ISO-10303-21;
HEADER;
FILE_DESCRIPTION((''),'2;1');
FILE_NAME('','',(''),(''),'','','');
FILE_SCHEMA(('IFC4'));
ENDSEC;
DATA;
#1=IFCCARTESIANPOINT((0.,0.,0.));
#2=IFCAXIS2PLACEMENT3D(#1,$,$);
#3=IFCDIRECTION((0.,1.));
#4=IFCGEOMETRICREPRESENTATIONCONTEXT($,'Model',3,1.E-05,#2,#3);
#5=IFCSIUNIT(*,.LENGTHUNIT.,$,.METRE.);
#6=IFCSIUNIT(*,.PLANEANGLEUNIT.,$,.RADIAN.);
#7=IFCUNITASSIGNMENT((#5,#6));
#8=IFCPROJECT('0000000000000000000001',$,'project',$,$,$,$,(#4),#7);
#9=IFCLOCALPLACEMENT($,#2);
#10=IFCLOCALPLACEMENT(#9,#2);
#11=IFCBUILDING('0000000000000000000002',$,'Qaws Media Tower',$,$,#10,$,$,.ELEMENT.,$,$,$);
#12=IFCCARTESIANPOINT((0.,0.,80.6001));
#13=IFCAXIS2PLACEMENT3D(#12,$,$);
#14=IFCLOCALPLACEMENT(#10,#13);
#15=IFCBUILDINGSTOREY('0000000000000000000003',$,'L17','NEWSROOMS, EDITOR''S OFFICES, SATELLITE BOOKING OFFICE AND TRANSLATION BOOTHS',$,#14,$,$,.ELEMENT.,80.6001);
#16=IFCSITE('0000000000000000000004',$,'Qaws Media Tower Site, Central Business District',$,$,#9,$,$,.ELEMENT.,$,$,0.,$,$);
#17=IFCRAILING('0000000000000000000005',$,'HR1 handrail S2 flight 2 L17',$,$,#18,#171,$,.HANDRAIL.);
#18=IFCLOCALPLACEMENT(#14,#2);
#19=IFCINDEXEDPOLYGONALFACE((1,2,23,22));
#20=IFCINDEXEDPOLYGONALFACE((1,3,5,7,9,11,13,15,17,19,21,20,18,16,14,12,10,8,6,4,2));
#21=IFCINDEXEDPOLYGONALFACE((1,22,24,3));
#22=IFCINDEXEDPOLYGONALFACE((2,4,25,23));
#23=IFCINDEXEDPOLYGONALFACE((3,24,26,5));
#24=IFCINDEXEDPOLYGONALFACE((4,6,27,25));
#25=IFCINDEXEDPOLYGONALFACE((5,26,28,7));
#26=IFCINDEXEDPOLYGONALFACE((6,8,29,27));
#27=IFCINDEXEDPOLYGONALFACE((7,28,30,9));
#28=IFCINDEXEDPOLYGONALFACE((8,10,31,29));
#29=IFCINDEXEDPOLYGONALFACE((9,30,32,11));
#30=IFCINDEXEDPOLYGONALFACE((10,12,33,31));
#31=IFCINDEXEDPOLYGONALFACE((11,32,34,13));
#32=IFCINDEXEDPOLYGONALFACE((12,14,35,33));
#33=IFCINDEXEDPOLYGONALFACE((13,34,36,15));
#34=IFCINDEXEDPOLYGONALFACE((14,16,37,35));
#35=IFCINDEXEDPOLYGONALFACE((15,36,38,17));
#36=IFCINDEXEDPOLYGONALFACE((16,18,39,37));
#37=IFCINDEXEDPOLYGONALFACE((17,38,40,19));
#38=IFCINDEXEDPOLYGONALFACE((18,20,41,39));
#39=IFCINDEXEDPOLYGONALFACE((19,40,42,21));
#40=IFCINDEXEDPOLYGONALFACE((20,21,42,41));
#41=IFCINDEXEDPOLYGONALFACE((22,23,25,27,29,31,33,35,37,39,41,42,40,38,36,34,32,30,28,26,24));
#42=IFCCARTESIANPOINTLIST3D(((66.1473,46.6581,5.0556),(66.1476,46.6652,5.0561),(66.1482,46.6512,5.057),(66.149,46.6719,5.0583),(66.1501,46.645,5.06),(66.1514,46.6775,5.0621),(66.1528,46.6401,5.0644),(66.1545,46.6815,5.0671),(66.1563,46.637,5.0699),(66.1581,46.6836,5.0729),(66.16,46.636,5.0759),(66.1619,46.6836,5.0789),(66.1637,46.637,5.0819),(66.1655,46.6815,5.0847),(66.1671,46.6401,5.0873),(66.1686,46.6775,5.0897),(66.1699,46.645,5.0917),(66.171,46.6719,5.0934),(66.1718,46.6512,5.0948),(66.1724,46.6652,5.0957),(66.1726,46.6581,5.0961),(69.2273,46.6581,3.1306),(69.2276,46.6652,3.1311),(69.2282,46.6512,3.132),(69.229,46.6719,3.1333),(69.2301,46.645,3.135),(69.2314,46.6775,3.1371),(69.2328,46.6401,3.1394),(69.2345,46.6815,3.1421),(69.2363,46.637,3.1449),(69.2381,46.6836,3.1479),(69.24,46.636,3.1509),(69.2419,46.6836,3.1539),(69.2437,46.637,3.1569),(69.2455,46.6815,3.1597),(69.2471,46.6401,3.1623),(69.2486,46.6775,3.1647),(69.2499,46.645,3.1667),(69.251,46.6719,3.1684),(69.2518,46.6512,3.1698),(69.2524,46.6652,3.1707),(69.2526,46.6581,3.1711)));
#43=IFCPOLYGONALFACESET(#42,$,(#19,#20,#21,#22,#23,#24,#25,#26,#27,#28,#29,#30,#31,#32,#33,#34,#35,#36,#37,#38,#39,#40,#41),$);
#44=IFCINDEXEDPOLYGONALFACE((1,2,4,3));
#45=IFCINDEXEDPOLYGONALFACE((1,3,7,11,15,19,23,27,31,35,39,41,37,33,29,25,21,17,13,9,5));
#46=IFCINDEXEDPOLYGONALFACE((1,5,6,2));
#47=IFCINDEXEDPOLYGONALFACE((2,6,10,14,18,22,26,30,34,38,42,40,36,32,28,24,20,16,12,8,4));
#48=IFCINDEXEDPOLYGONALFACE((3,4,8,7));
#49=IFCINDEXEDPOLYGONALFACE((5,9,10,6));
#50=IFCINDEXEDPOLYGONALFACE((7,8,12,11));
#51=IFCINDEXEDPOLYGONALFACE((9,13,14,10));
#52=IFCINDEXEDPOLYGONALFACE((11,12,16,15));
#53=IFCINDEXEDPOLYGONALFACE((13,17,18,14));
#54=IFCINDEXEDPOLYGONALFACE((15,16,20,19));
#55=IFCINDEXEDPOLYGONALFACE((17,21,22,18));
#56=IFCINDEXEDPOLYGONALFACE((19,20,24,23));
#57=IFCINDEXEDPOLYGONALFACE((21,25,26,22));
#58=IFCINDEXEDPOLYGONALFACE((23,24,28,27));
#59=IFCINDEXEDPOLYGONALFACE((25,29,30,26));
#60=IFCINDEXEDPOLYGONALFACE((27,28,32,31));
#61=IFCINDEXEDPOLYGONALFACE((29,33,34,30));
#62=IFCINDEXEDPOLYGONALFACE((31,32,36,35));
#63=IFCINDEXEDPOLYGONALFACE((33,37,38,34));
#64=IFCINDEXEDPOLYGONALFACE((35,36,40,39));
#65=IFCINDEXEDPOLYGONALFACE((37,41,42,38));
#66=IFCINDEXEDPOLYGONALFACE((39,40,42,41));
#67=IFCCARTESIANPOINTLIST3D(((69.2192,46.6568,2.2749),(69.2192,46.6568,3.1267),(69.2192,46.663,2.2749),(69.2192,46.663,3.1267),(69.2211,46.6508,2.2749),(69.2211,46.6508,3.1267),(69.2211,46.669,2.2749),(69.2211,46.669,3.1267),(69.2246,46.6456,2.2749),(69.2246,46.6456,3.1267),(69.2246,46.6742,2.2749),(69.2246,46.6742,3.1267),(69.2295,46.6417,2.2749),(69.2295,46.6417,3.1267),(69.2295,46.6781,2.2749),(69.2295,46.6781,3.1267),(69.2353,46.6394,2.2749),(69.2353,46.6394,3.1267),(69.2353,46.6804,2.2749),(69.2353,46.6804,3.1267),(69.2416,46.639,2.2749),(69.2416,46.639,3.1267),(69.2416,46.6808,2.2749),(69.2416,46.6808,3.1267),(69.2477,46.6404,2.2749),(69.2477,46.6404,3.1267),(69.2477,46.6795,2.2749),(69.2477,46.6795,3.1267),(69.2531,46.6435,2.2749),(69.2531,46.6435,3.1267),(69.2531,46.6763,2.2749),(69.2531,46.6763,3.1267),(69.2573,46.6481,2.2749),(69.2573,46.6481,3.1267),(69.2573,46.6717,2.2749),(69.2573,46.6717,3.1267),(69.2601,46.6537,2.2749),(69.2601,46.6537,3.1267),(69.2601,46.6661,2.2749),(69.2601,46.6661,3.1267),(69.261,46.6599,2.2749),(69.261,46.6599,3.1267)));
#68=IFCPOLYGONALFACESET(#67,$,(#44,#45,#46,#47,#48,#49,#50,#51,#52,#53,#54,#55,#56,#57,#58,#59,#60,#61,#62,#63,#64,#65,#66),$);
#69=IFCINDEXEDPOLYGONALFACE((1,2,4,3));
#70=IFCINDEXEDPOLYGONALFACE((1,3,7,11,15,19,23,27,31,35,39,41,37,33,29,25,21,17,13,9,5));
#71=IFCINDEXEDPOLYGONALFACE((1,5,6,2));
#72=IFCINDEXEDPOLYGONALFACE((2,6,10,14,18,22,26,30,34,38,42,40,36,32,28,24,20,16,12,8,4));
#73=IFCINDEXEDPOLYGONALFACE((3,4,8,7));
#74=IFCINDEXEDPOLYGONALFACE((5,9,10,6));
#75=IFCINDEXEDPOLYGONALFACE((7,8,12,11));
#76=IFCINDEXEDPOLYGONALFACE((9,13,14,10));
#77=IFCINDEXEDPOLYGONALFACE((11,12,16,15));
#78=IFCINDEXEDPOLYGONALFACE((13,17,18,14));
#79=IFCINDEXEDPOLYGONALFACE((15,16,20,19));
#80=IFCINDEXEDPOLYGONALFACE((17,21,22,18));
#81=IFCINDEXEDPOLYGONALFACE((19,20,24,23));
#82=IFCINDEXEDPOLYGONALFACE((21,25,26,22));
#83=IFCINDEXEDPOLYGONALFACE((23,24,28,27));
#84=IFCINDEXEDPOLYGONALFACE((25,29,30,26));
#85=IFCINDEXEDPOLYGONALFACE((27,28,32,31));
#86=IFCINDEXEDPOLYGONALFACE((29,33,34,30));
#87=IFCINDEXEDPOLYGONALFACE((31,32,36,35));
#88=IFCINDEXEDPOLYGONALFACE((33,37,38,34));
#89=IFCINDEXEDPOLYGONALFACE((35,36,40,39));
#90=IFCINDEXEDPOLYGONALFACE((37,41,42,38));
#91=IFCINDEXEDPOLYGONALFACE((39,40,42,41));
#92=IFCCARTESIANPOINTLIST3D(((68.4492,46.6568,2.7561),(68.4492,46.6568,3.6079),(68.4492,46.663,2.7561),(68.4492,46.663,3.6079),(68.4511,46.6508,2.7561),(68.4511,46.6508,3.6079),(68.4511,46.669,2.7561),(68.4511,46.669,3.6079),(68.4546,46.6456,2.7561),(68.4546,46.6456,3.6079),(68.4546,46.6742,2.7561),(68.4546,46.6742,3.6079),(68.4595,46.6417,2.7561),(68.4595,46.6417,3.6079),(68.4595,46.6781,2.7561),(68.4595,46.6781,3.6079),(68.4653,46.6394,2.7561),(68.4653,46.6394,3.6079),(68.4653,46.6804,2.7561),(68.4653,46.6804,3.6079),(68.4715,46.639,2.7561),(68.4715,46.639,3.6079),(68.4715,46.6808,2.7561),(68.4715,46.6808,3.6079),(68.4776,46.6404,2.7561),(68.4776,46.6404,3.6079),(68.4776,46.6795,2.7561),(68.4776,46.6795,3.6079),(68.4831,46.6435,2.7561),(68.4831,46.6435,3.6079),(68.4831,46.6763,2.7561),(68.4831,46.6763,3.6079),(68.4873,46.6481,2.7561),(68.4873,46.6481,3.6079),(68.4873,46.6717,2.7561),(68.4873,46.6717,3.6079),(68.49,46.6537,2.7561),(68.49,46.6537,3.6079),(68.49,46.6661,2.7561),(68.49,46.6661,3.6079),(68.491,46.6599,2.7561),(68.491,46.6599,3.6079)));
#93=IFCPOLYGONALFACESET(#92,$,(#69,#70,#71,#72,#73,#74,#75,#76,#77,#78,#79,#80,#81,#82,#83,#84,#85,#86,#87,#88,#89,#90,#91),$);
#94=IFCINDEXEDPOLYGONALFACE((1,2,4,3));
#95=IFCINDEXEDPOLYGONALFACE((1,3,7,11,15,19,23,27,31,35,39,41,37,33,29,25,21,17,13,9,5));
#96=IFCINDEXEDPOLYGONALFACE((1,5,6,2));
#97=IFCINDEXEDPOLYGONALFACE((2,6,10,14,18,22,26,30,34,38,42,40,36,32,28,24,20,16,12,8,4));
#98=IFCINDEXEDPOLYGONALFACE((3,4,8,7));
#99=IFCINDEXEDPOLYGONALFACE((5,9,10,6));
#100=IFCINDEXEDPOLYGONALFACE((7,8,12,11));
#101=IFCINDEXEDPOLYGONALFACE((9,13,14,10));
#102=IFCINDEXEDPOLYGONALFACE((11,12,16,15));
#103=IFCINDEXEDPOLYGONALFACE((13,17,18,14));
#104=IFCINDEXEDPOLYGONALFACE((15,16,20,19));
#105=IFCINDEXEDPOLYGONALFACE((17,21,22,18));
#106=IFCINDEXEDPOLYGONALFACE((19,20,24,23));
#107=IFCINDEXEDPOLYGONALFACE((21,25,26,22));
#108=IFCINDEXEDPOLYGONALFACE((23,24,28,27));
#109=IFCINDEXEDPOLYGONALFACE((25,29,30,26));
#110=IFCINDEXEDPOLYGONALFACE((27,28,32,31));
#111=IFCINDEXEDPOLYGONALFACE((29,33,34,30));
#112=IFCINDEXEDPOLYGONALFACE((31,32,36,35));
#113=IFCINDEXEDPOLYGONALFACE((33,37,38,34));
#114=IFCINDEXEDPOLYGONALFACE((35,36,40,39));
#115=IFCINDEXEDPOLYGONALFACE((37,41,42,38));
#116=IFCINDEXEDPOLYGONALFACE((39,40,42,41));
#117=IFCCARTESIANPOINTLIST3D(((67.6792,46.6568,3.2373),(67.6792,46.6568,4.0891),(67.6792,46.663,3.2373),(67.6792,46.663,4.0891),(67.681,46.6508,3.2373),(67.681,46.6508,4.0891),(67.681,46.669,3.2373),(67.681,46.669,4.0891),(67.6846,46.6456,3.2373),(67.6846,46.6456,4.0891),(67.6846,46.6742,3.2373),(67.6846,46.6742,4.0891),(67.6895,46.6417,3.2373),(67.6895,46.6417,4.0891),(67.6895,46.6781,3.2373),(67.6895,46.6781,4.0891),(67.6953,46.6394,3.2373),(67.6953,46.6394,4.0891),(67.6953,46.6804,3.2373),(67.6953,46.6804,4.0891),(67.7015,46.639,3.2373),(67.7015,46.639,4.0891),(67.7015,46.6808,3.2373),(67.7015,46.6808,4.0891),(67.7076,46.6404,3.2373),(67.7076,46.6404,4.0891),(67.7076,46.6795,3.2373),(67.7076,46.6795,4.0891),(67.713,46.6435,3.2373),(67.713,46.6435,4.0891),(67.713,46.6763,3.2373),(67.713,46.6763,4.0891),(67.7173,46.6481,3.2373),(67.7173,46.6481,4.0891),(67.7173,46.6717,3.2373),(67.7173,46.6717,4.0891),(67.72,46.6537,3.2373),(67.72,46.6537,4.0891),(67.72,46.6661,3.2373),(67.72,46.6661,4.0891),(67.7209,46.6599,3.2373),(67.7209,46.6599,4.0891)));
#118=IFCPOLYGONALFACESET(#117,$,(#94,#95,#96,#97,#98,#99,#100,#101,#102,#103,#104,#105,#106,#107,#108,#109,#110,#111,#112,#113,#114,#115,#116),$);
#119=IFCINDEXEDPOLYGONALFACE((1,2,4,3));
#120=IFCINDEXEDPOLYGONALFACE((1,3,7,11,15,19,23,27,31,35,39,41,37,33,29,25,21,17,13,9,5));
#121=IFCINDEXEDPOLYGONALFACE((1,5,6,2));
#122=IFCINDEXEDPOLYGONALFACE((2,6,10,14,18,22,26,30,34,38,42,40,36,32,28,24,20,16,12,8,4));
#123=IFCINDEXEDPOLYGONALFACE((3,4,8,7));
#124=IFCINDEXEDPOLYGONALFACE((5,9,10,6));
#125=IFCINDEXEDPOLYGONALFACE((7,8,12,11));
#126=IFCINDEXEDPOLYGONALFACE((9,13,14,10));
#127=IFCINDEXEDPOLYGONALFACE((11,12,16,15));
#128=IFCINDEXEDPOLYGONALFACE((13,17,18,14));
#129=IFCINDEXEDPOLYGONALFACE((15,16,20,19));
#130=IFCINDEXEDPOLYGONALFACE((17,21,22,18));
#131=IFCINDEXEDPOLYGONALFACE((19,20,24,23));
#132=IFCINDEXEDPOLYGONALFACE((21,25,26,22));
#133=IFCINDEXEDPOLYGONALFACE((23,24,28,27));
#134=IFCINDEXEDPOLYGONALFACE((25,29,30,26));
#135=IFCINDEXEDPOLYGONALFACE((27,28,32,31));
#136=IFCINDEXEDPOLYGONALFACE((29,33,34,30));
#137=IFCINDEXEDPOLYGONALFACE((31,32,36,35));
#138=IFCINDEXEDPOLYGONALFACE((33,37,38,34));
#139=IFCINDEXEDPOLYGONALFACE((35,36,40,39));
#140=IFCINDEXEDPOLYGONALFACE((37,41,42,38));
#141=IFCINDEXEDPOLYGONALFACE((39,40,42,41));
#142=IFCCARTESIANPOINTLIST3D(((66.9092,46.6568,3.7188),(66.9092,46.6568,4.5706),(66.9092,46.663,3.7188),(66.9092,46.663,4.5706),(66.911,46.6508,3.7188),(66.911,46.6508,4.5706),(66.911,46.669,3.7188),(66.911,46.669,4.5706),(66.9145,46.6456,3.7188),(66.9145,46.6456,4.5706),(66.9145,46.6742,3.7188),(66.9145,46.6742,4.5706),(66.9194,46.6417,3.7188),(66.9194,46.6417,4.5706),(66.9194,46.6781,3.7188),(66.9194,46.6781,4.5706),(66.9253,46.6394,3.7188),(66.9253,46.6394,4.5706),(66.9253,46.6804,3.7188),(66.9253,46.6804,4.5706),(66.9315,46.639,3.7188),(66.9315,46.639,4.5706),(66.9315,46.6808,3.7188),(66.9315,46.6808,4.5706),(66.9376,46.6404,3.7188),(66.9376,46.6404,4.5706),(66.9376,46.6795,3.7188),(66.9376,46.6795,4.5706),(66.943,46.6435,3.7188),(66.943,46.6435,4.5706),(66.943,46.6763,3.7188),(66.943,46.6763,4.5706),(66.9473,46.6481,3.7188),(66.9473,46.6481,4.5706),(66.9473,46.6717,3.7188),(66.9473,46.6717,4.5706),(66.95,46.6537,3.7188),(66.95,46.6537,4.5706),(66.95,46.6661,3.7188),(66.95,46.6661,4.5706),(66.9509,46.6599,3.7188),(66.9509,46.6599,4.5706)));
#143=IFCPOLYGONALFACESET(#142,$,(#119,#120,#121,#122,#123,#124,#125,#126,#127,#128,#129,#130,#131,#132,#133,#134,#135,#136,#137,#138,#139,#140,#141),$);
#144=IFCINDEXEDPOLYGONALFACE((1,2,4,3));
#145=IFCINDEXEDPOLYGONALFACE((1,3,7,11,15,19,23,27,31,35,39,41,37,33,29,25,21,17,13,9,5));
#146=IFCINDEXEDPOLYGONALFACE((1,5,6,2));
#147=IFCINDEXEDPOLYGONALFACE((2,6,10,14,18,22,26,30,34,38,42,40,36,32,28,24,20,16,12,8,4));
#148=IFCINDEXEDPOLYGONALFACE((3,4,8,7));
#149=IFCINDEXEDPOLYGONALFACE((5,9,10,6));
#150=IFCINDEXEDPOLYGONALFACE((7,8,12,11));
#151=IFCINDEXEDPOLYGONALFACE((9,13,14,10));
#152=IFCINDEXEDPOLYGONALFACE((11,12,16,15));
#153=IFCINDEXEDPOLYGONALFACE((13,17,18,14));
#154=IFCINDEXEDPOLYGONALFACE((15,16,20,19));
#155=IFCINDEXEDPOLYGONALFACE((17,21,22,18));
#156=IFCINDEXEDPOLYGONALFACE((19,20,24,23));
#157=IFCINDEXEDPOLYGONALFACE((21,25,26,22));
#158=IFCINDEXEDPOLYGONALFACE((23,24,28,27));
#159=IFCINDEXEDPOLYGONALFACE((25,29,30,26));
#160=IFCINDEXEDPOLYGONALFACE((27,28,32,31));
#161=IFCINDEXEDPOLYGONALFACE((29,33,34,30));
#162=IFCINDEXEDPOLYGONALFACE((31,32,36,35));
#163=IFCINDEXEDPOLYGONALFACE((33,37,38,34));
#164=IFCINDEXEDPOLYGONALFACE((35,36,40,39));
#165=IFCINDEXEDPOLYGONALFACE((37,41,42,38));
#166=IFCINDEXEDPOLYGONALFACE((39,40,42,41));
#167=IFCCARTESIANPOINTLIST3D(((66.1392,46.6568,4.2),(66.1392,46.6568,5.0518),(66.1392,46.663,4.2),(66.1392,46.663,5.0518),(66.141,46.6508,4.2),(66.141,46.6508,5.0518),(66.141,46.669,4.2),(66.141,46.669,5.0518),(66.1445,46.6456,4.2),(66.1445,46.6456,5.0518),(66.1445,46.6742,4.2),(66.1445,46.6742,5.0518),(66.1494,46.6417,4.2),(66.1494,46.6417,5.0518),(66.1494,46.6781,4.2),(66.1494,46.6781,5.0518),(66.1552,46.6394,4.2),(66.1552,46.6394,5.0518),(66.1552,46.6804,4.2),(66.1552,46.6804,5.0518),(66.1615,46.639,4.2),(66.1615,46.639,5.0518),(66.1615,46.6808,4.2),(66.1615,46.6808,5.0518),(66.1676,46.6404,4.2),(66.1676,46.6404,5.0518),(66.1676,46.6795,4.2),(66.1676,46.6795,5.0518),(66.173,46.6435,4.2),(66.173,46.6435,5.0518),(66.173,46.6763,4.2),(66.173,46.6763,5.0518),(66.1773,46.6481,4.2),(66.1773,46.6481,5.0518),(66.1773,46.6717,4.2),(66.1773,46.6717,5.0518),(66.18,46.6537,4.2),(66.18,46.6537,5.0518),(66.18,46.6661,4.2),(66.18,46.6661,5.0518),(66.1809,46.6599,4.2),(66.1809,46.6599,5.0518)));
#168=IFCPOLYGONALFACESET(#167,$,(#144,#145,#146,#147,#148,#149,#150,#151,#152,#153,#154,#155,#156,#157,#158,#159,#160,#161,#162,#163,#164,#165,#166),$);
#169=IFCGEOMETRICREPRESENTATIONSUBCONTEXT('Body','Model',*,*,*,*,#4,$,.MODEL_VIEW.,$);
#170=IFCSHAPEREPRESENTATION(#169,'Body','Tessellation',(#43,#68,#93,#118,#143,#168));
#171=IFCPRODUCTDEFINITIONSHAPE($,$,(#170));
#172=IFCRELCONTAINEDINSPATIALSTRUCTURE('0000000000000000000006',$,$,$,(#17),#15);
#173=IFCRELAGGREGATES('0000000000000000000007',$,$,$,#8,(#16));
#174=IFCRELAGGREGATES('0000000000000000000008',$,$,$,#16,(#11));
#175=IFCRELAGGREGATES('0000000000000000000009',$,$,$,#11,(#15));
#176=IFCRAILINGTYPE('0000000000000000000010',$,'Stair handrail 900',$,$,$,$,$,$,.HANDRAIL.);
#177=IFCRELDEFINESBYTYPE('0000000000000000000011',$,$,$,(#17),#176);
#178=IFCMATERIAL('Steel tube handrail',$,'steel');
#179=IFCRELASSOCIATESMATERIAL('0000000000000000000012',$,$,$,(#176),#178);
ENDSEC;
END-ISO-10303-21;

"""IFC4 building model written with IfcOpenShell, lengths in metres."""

from ifc_helpers import new_model, si_unit, direction, frame, origin, origin_2d, place, context, subcontext, project, spatial, circle, extrude, material, type_object, element, save


model = new_model("IFC4")

# Units and contexts
model_context = context("Model", 3, precision=1e-05, world=origin(), true_north=direction((0.0, 1.0)))
body_context = subcontext(model_context, "Body", "Model", "MODEL_VIEW")
ifc_project = project(units=[si_unit("LENGTHUNIT", "METRE"), si_unit("PLANEANGLEUNIT", "RADIAN")], contexts=[model_context])

# Site, building, storey
site_placement = place(None, origin())
site = spatial("IfcSite", under=ifc_project, at=site_placement, Name="Qaws Media Tower Site, Central Business District", CompositionType="ELEMENT", RefElevation=0.0)
building_placement = place(site_placement, origin())
building = spatial("IfcBuilding", under=site, at=building_placement, Name="Qaws Media Tower", CompositionType="ELEMENT")
storey_placement = place(building_placement, frame((0.0, 0.0, 80.6001)))
storey = spatial("IfcBuildingStorey", under=building, at=storey_placement, Name="L17", Description="NEWSROOMS, EDITOR'S OFFICES, SATELLITE BOOKING OFFICE AND TRANSLATION BOOTHS", CompositionType="ELEMENT", Elevation=80.6001)

# Railing
ifc_material_1 = material(Name="Steel tube handrail", Category="steel")
railing_type = type_object("IfcRailingType", Name="Stair handrail 900", PredefinedType="HANDRAIL", material=ifc_material_1)
for number, where, name in (
    (1, (69.24, 46.6599, 2.2749), "HR1 handrail S2 flight 2 L17"),
):
    element("IfcRailing", number, at=place(storey_placement, frame(where)), inside=storey, type_object=railing_type, Name=name, PredefinedType="HANDRAIL", context=body_context, shape_type="SweptSolid", body=[
        extrude(circle(Radius=0.0239, at=origin_2d()), frame((0.0, 0.0, 0.876), z_axis=(-0.847998, 0.0, 0.529999), x_axis=(0.0, -1.0, 0.0)), (0.0, 0.0, 1.0), 3.6321),
        extrude(circle(Radius=0.021, at=origin_2d()), origin(), (0.0, 0.0, 1.0), 0.8518),
        extrude(circle(Radius=0.021, at=origin_2d()), frame((-0.77, 0.0, 0.4812)), (0.0, 0.0, 1.0), 0.8518),
        extrude(circle(Radius=0.021, at=origin_2d()), frame((-1.54, 0.0, 0.9624)), (0.0, 0.0, 1.0), 0.8518),
        extrude(circle(Radius=0.021, at=origin_2d()), frame((-2.3101, 0.0, 1.4438)), (0.0, 0.0, 1.0), 0.8518),
        extrude(circle(Radius=0.021, at=origin_2d()), frame((-3.0801, 0.0, 1.925)), (0.0, 0.0, 1.0), 0.8518),
    ])

save(model, "model.ifc")
